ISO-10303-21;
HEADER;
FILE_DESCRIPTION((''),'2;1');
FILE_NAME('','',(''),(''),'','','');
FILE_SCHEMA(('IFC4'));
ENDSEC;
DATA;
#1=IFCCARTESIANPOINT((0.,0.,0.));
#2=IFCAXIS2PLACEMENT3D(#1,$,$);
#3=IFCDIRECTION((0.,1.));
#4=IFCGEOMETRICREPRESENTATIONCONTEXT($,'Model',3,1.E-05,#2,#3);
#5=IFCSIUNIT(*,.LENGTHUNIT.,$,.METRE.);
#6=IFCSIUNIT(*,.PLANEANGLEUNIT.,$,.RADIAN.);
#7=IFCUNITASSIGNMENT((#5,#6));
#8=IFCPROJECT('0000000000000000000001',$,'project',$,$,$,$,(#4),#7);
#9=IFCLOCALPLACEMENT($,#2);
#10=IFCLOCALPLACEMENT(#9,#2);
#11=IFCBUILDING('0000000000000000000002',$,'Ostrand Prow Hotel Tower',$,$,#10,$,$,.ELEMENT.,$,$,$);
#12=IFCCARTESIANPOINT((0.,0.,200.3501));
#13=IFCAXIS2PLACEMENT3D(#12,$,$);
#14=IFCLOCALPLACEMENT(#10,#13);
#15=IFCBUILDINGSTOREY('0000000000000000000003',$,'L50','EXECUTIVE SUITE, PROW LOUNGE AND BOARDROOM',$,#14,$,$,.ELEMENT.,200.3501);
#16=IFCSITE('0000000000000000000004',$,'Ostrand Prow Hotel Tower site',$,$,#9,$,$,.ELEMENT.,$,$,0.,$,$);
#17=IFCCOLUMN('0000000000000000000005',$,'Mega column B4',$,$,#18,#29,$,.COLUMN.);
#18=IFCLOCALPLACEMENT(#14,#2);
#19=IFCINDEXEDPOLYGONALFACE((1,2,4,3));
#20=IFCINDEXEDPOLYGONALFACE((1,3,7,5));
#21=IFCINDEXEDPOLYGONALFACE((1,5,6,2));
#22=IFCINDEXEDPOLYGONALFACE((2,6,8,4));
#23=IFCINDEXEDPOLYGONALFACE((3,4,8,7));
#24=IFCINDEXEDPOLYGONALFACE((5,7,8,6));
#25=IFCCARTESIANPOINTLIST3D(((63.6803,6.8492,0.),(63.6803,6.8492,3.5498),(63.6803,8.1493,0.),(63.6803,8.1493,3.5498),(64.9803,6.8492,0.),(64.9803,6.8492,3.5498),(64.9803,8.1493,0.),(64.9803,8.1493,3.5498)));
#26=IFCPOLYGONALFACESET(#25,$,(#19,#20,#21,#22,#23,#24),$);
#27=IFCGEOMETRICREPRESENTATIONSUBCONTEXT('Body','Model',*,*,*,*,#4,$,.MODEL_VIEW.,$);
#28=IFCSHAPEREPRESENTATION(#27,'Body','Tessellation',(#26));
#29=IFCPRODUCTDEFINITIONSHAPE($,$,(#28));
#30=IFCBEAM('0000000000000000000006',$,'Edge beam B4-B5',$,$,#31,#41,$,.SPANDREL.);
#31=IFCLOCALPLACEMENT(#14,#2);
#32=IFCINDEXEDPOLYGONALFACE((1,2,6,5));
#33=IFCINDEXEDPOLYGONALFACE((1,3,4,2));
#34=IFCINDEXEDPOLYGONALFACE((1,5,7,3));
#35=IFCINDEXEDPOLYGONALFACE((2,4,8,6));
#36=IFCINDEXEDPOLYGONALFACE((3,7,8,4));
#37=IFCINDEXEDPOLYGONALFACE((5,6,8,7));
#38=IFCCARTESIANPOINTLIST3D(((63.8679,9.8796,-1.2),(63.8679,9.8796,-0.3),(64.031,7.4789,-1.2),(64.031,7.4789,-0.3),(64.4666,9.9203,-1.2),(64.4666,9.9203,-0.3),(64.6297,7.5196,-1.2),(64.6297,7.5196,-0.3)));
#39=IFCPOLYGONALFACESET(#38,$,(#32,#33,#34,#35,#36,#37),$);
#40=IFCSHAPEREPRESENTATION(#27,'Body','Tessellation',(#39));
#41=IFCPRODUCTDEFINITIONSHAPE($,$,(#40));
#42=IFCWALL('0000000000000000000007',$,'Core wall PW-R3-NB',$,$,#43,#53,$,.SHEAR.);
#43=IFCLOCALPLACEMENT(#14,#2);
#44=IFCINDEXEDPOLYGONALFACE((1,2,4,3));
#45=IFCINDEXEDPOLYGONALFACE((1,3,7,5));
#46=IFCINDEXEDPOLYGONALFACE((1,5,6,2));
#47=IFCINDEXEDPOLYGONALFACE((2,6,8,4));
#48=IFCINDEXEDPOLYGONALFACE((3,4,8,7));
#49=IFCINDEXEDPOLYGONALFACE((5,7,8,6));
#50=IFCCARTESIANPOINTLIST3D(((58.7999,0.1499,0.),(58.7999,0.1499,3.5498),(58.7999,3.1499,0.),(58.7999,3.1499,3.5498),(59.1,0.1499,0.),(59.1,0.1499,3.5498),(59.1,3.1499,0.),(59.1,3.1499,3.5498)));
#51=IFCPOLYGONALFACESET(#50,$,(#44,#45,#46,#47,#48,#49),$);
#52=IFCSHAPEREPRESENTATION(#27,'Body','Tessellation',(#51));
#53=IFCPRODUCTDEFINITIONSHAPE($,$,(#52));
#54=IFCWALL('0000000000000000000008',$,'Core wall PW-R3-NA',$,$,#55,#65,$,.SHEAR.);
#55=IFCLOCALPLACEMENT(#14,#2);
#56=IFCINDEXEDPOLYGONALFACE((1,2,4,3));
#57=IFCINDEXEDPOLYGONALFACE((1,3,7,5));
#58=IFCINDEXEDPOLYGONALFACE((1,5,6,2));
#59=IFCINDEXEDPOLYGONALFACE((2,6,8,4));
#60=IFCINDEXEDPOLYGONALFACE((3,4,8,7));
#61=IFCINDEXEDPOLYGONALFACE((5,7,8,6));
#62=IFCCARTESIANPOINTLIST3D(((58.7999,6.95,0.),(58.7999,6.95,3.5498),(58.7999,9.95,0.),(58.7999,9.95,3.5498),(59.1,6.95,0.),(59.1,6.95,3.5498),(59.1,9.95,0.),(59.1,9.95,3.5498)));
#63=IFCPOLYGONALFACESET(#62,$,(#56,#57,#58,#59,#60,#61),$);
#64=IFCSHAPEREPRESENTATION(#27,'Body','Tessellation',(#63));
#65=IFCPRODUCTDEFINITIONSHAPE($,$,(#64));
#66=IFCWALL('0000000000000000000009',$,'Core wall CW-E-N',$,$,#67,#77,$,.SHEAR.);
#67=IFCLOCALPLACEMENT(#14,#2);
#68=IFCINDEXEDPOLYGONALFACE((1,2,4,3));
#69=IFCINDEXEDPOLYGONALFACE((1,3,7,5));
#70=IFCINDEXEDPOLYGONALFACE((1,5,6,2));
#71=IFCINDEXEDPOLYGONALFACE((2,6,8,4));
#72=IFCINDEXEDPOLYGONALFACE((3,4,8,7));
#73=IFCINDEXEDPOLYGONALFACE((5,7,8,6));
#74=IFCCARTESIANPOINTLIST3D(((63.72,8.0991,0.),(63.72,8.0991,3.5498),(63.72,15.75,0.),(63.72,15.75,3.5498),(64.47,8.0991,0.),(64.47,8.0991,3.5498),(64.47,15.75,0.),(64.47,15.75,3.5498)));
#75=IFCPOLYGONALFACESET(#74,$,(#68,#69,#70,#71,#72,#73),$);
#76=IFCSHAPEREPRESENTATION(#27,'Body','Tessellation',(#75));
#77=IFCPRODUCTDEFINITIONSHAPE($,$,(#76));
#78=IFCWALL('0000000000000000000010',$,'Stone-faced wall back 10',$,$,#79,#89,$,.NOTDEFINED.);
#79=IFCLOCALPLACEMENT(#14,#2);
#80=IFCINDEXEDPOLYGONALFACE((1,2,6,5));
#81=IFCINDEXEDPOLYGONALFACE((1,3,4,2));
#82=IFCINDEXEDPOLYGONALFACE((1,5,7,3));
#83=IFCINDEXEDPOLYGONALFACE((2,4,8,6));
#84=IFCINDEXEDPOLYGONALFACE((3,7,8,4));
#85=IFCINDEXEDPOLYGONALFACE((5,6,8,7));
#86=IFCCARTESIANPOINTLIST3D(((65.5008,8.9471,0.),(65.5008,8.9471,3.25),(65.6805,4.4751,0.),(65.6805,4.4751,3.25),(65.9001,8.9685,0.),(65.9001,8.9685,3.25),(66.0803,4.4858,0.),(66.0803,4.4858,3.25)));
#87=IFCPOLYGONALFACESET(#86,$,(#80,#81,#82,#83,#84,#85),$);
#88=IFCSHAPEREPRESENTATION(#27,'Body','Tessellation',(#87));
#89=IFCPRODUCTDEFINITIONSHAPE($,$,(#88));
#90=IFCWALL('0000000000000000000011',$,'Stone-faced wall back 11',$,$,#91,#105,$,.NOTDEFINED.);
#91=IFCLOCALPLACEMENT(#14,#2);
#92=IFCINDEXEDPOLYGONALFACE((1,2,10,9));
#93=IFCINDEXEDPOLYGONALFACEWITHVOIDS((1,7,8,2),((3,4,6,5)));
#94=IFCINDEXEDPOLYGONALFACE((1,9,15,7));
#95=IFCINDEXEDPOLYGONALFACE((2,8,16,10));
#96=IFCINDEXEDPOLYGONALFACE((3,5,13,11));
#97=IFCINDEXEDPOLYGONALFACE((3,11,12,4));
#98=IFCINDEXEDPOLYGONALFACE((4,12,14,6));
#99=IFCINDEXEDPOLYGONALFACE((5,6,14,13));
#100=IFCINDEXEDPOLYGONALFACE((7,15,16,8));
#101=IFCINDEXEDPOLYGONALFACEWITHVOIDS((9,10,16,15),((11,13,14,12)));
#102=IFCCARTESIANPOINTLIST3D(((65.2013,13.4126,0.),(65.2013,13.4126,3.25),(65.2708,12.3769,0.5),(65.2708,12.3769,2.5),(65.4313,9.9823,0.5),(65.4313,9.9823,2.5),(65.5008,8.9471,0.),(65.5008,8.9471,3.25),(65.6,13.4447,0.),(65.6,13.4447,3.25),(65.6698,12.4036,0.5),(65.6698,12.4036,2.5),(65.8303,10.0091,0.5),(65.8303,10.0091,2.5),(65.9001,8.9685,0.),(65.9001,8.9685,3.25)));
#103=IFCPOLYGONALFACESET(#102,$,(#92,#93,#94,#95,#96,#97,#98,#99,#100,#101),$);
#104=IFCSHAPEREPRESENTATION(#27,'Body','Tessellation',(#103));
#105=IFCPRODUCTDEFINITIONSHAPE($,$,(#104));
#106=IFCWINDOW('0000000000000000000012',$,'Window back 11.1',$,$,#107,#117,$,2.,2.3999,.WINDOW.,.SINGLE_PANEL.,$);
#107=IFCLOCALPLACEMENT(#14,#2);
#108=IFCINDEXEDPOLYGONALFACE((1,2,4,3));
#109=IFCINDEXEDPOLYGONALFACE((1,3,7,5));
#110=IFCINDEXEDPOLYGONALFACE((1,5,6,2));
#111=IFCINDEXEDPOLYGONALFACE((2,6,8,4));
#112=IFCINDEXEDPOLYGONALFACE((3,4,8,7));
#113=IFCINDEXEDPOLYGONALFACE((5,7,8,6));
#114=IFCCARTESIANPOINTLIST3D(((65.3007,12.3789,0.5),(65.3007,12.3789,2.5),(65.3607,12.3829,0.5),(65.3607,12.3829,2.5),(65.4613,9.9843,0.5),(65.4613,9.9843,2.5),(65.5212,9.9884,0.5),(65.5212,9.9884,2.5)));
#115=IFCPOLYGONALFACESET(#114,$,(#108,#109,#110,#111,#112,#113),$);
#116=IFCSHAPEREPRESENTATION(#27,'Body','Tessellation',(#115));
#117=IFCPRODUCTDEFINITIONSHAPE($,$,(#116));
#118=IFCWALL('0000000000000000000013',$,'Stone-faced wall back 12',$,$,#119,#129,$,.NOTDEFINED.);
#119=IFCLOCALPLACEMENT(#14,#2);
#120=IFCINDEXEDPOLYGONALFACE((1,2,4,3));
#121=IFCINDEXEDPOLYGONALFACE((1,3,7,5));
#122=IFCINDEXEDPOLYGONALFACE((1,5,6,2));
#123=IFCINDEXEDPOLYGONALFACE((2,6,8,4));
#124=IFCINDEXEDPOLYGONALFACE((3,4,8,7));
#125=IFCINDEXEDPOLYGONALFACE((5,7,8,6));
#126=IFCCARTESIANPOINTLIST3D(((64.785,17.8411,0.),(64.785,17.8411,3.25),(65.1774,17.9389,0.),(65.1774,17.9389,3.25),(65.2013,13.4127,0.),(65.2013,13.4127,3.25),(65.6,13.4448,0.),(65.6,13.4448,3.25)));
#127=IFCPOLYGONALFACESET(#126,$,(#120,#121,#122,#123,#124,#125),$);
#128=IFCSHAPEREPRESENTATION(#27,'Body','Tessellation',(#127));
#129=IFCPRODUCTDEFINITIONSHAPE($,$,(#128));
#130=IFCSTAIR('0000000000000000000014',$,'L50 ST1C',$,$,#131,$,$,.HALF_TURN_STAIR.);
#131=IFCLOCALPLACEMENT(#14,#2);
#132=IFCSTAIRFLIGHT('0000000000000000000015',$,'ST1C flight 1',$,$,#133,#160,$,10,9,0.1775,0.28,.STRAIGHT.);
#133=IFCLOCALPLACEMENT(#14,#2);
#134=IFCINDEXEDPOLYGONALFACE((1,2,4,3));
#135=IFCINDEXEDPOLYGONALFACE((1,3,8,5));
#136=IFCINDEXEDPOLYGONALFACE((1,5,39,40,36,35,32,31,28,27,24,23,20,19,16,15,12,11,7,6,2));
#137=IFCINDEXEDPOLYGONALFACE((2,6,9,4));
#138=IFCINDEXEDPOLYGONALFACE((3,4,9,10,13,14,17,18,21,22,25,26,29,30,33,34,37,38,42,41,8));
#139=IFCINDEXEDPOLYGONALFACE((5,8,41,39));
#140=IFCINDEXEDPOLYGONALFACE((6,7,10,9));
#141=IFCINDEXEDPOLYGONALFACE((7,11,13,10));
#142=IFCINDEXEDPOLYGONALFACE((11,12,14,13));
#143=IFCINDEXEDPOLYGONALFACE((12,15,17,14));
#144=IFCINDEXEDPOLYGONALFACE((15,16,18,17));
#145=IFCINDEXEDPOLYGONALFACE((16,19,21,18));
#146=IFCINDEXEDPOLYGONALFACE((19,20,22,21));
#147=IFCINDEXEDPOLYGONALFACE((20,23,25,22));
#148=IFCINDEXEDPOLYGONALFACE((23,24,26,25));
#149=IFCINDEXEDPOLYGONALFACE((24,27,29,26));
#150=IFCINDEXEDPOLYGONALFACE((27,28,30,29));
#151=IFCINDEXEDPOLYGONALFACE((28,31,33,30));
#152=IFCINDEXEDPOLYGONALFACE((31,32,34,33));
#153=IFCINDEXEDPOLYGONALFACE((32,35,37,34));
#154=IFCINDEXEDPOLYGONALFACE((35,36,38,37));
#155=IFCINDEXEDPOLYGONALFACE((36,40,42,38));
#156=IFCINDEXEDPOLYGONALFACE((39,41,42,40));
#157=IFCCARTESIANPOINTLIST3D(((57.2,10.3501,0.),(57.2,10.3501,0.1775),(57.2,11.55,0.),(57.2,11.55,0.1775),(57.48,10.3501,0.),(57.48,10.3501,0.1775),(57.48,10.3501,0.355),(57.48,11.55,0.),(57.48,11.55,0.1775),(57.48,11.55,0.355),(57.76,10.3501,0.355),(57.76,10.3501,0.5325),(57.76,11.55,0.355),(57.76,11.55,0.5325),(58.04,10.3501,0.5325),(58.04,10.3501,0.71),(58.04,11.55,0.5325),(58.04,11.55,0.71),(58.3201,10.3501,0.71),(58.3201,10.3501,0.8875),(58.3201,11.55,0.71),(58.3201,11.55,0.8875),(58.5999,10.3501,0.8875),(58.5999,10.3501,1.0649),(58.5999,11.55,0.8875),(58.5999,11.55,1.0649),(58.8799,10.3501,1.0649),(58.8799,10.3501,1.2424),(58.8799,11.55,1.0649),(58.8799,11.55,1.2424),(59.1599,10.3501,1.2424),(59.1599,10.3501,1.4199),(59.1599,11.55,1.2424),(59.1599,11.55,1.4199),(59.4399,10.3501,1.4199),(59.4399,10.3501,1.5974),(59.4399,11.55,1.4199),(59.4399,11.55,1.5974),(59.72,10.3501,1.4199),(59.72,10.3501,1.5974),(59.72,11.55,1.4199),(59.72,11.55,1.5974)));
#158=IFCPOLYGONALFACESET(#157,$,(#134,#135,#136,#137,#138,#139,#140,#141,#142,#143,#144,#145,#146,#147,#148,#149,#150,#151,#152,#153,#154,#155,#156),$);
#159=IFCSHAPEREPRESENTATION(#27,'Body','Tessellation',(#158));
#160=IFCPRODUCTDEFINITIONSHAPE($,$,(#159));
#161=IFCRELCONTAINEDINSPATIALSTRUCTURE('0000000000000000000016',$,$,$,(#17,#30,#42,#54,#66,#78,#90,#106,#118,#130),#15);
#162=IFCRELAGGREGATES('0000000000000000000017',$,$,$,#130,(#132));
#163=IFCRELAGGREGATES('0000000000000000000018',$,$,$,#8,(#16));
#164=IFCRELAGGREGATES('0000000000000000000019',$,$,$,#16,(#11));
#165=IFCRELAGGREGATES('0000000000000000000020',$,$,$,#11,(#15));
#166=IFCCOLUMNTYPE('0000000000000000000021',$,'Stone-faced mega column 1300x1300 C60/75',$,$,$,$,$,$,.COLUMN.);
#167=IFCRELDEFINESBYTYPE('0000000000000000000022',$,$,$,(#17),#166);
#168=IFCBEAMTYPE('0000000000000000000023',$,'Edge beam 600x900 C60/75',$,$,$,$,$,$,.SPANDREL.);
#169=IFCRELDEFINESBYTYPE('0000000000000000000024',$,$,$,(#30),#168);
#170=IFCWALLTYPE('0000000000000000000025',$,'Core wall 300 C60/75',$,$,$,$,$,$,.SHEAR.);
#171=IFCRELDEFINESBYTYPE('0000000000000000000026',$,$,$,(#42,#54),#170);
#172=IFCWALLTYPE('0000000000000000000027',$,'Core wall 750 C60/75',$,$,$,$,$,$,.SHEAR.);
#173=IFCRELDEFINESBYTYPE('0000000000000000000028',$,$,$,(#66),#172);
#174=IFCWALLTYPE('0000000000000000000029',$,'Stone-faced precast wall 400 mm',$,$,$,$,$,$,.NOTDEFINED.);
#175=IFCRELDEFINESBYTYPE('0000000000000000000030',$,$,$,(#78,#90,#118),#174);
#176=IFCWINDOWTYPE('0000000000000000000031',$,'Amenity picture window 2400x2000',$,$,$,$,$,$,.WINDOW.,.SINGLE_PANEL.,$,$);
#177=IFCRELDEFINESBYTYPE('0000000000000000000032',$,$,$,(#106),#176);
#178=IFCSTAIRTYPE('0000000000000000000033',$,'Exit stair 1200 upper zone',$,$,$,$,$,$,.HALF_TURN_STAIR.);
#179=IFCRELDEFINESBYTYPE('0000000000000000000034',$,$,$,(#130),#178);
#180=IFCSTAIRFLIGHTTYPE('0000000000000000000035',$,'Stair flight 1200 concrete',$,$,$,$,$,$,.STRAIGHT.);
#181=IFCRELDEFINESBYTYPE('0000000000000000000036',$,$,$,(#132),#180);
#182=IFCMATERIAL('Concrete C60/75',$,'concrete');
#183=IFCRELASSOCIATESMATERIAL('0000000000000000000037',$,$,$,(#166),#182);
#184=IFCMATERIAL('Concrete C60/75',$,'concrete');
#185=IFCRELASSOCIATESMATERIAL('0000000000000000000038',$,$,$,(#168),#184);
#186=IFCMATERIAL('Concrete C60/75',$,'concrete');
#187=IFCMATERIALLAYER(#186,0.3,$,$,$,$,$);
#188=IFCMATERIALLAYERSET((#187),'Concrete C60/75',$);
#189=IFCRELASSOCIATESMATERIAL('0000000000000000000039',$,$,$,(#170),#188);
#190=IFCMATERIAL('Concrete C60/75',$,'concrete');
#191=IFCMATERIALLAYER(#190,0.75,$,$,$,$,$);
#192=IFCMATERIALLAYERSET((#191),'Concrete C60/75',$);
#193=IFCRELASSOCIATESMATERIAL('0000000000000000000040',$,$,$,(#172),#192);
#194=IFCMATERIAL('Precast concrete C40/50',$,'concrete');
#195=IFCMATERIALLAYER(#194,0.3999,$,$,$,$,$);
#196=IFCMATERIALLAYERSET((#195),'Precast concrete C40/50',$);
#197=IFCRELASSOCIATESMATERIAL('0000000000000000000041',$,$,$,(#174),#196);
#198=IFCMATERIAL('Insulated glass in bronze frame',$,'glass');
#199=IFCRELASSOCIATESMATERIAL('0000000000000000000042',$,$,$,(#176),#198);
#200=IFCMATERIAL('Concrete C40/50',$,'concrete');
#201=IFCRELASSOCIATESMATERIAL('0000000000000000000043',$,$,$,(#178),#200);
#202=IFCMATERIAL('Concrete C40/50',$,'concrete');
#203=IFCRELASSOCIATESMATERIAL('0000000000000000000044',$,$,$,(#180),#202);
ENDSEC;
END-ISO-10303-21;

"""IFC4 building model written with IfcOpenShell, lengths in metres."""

from ifc_helpers import new_model, si_unit, direction, frame, frame_2d, origin, origin_2d, place, context, subcontext, project, spatial, polyline, rectangle, outline, extrude, material, layer, layer_set, material_profile, profile_set, type_object, element, fill, aggregate, save


model = new_model("IFC4")

# Units and contexts
model_context = context("Model", 3, precision=1e-05, world=origin(), true_north=direction((0.0, 1.0)))
body_context = subcontext(model_context, "Body", "Model", "MODEL_VIEW")
ifc_project = project(units=[si_unit("LENGTHUNIT", "METRE"), si_unit("PLANEANGLEUNIT", "RADIAN")], contexts=[model_context])

# Site, building, storey
site_placement = place(None, origin())
site = spatial("IfcSite", under=ifc_project, at=site_placement, Name="Ostrand Prow Hotel Tower site", CompositionType="ELEMENT", RefElevation=0.0)
building_placement = place(site_placement, origin())
building = spatial("IfcBuilding", under=site, at=building_placement, Name="Ostrand Prow Hotel Tower", CompositionType="ELEMENT")
storey_placement = place(building_placement, frame((0.0, 0.0, 200.3501)))
storey = spatial("IfcBuildingStorey", under=building, at=storey_placement, Name="L50", Description="EXECUTIVE SUITE, PROW LOUNGE AND BOARDROOM", CompositionType="ELEMENT", Elevation=200.3501)

# Column
ifc_material_1 = material(Name="Concrete C60/75", Category="concrete")
ifc_material_profile_1 = material_profile(ifc_material_1, rectangle(XDim=1.3, YDim=1.3, at=origin_2d()), Name="RC 1300x1300")
ifc_profile_set_1 = profile_set([ifc_material_profile_1], Name="Concrete C60/75")
column_type = type_object("IfcColumnType", Name="Stone-faced mega column 1300x1300 C60/75", PredefinedType="COLUMN", material=ifc_profile_set_1)
column_placement = place(storey_placement, frame((64.3303, 7.4993, 0.0), z_axis=(0.0, 0.0, 1.0), x_axis=(1.0, 0.0, 0.0)))
element("IfcColumn", 1, at=column_placement, inside=storey, type_object=column_type, Name="Mega column B4", PredefinedType="COLUMN", context=body_context, shape_type="SweptSolid", body=[
    extrude(rectangle(XDim=1.3, YDim=1.3, at=origin_2d()), origin(), (0.0, 0.0, 1.0), 3.5498),
])

# Beam
ifc_material_2 = material(Name="Concrete C60/75", Category="concrete")
ifc_material_profile_2 = material_profile(ifc_material_2, rectangle(XDim=0.6001, YDim=0.8999, at=origin_2d()), Name="RC 600x900")
ifc_profile_set_2 = profile_set([ifc_material_profile_2], Name="Concrete C60/75")
beam_type = type_object("IfcBeamType", Name="Edge beam 600x900 C60/75", PredefinedType="SPANDREL", material=ifc_profile_set_2)
beam_placement = place(storey_placement, frame((64.3303, 7.4993, -0.75), z_axis=(-0.067778, 0.9977, 0.0), x_axis=(-0.9977, -0.067778, 0.0)))
element("IfcBeam", 2, at=beam_placement, inside=storey, type_object=beam_type, Name="Edge beam B4-B5", PredefinedType="SPANDREL", context=body_context, shape_type="SweptSolid", body=[
    extrude(rectangle(XDim=0.6001, YDim=0.8999, at=origin_2d()), origin(), (0.0, 0.0, 1.0), 2.4062),
])

# Walls
ifc_material_3 = material(Name="Concrete C60/75", Category="concrete")
ifc_layer_1 = layer(ifc_material_3, 0.3)
ifc_layer_set_1 = layer_set([ifc_layer_1], Name="Concrete C60/75")
wall_type_1 = type_object("IfcWallType", Name="Core wall 300 C60/75", PredefinedType="SHEAR", material=ifc_layer_set_1)
for number, where, z_axis, x_axis, name in (
    (3, (58.95, 0.1499, 0.0), (0.0, 0.0, 1.0), (0.0, 1.0, 0.0), "Core wall PW-R3-NB"),
    (4, (58.95, 6.95, 0.0), (0.0, 0.0, 1.0), (0.0, 1.0, 0.0), "Core wall PW-R3-NA"),
):
    element("IfcWall", number, at=place(storey_placement, frame(where, z_axis=z_axis, x_axis=x_axis)), inside=storey, type_object=wall_type_1, Name=name, PredefinedType="SHEAR", context=body_context, shape_type="SweptSolid", body=[
        extrude(rectangle(XDim=3.0, YDim=0.3, at=frame_2d((1.5, 0.0))), origin(), (0.0, 0.0, 1.0), 3.5498),
    ])
ifc_material_4 = material(Name="Concrete C60/75", Category="concrete")
ifc_layer_2 = layer(ifc_material_4, 0.75)
ifc_layer_set_2 = layer_set([ifc_layer_2], Name="Concrete C60/75")
wall_type_2 = type_object("IfcWallType", Name="Core wall 750 C60/75", PredefinedType="SHEAR", material=ifc_layer_set_2)
wall_1_placement = place(storey_placement, frame((64.095, 8.0991, 0.0), z_axis=(0.0, 0.0, 1.0), x_axis=(0.0, 1.0, 0.0)))
element("IfcWall", 5, at=wall_1_placement, inside=storey, type_object=wall_type_2, Name="Core wall CW-E-N", PredefinedType="SHEAR", context=body_context, shape_type="SweptSolid", body=[
    extrude(rectangle(XDim=7.6509, YDim=0.75, at=frame_2d((3.8254, 0.0))), origin(), (0.0, 0.0, 1.0), 3.5498),
])
ifc_material_5 = material(Name="Precast concrete C40/50", Category="concrete")
ifc_layer_3 = layer(ifc_material_5, 0.3999)
ifc_layer_set_3 = layer_set([ifc_layer_3], Name="Precast concrete C40/50")
wall_type_3 = type_object("IfcWallType", Name="Stone-faced precast wall 400 mm", PredefinedType="NOTDEFINED", material=ifc_layer_set_3)
wall_2_placement = place(storey_placement, frame((65.8804, 4.4805, 0.0), z_axis=(0.0, 0.0, 1.0), x_axis=(-0.040155, 0.999193, 0.0)))
element("IfcWall", 6, at=wall_2_placement, inside=storey, type_object=wall_type_3, Name="Stone-faced wall back 10", PredefinedType="NOTDEFINED", context=body_context, shape_type="SweptSolid", body=[
    extrude(outline(polyline([(-0.0027, -0.2), (4.4836, -0.2), (4.4783, 0.2), (0.0027, 0.2), (-0.0027, -0.2)])), origin(), (0.0, 0.0, 1.0), 3.25),
])

# Wall, opening, window
wall_3_placement = place(storey_placement, frame((65.7004, 8.9578, 0.0), z_axis=(0.0, 0.0, 1.0), x_axis=(-0.066906, 0.997759, 0.0)))
wall_3 = element("IfcWall", 7, at=wall_3_placement, inside=storey, type_object=wall_type_3, Name="Stone-faced wall back 11", PredefinedType="NOTDEFINED", context=body_context, shape_type="SweptSolid", body=[
    extrude(outline(polyline([(-0.0027, -0.2), (4.4836, -0.2), (4.4783, 0.2), (0.0027, 0.2), (-0.0027, -0.2)])), origin(), (0.0, 0.0, 1.0), 3.25),
])
opening_placement = place(wall_3_placement, frame((1.0403, 0.0, 0.5)))
opening = element("IfcOpeningElement", 8, at=opening_placement, cuts=wall_3, PredefinedType="OPENING", context=body_context, shape_type="SweptSolid", body=[
    extrude(rectangle(XDim=2.3999, YDim=2.0, at=frame_2d((1.2, 1.0))), frame((0.0, 0.21, 0.0), z_axis=(0.0, -1.0, 0.0), x_axis=(1.0, 0.0, 0.0)), (0.0, 0.0, 1.0), 0.4199),
])
ifc_material_6 = material(Name="Insulated glass in bronze frame", Category="glass")
window_type = type_object("IfcWindowType", Name="Amenity picture window 2400x2000", PartitioningType="SINGLE_PANEL", PredefinedType="WINDOW", material=ifc_material_6)
window_placement = place(opening_placement, origin())
window = element("IfcWindow", 9, at=window_placement, inside=storey, type_object=window_type, Name="Window back 11.1", OverallHeight=2.0, OverallWidth=2.3999, PartitioningType="SINGLE_PANEL", PredefinedType="WINDOW", context=body_context, shape_type="SweptSolid", body=[
    extrude(rectangle(XDim=2.3999, YDim=2.0, at=frame_2d((1.2, 1.0))), frame((0.0, 0.1699, 0.0), z_axis=(0.0, -1.0, 0.0), x_axis=(1.0, 0.0, 0.0)), (0.0, 0.0, 1.0), 0.0601),
])
fill(opening, window)

# Wall
wall_4_placement = place(storey_placement, frame((65.4006, 13.4287, 0.0), z_axis=(0.0, 0.0, 1.0), x_axis=(-0.093606, 0.995609, 0.0)))
element("IfcWall", 10, at=wall_4_placement, inside=storey, type_object=wall_type_3, Name="Stone-faced wall back 12", PredefinedType="NOTDEFINED", context=body_context, shape_type="SweptSolid", body=[
    extrude(outline(polyline([(-0.0027, -0.2), (4.5112, -0.2), (4.4507, 0.2), (0.0027, 0.2), (-0.0027, -0.2)])), origin(), (0.0, 0.0, 1.0), 3.25),
])

# Stair, stair flight
ifc_material_7 = material(Name="Concrete C40/50", Category="concrete")
stair_type = type_object("IfcStairType", Name="Exit stair 1200 upper zone", PredefinedType="HALF_TURN_STAIR", material=ifc_material_7)
stair_1_placement = place(storey_placement, origin())
stair_1 = element("IfcStair", 11, at=stair_1_placement, inside=storey, type_object=stair_type, Name="L50 ST1C", PredefinedType="HALF_TURN_STAIR")
ifc_material_8 = material(Name="Concrete C40/50", Category="concrete")
stair_flight_type = type_object("IfcStairFlightType", Name="Stair flight 1200 concrete", PredefinedType="STRAIGHT", material=ifc_material_8)
stair_flight_1_placement = place(storey_placement, frame((57.2, 10.95, 0.0), z_axis=(0.0, 0.0, 1.0), x_axis=(1.0, 0.0, 0.0)))
stair_flight_1 = element("IfcStairFlight", 12, at=stair_flight_1_placement, type_object=stair_flight_type, Name="ST1C flight 1", NumberOfRisers=10, NumberOfTreads=9, PredefinedType="STRAIGHT", RiserHeight=0.1775, TreadLength=0.28, context=body_context, shape_type="SweptSolid", body=[
    extrude(outline(polyline([(0.0, 0.0), (0.0, 0.1775), (0.28, 0.1775), (0.28, 0.355), (0.5601, 0.355), (0.5601, 0.5325), (0.8401, 0.5325), (0.8401, 0.71), (1.1201, 0.71), (1.1201, 0.8875), (1.3999, 0.8875), (1.3999, 1.0649), (1.6799, 1.0649), (1.6799, 1.2424), (1.96, 1.2424), (1.96, 1.4199), (2.24, 1.4199), (2.24, 1.5974), (2.52, 1.5974), (2.52, 1.7749), (2.52, 1.4199), (0.28, 0.0), (0.0, 0.0)])), frame((0.0, 0.6001, 0.0), z_axis=(0.0, -1.0, 0.0), x_axis=(1.0, 0.0, 0.0)), (0.0, 0.0, 1.0), 1.2),
])
aggregate(stair_1, [stair_flight_1])

save(model, "model.ifc")
